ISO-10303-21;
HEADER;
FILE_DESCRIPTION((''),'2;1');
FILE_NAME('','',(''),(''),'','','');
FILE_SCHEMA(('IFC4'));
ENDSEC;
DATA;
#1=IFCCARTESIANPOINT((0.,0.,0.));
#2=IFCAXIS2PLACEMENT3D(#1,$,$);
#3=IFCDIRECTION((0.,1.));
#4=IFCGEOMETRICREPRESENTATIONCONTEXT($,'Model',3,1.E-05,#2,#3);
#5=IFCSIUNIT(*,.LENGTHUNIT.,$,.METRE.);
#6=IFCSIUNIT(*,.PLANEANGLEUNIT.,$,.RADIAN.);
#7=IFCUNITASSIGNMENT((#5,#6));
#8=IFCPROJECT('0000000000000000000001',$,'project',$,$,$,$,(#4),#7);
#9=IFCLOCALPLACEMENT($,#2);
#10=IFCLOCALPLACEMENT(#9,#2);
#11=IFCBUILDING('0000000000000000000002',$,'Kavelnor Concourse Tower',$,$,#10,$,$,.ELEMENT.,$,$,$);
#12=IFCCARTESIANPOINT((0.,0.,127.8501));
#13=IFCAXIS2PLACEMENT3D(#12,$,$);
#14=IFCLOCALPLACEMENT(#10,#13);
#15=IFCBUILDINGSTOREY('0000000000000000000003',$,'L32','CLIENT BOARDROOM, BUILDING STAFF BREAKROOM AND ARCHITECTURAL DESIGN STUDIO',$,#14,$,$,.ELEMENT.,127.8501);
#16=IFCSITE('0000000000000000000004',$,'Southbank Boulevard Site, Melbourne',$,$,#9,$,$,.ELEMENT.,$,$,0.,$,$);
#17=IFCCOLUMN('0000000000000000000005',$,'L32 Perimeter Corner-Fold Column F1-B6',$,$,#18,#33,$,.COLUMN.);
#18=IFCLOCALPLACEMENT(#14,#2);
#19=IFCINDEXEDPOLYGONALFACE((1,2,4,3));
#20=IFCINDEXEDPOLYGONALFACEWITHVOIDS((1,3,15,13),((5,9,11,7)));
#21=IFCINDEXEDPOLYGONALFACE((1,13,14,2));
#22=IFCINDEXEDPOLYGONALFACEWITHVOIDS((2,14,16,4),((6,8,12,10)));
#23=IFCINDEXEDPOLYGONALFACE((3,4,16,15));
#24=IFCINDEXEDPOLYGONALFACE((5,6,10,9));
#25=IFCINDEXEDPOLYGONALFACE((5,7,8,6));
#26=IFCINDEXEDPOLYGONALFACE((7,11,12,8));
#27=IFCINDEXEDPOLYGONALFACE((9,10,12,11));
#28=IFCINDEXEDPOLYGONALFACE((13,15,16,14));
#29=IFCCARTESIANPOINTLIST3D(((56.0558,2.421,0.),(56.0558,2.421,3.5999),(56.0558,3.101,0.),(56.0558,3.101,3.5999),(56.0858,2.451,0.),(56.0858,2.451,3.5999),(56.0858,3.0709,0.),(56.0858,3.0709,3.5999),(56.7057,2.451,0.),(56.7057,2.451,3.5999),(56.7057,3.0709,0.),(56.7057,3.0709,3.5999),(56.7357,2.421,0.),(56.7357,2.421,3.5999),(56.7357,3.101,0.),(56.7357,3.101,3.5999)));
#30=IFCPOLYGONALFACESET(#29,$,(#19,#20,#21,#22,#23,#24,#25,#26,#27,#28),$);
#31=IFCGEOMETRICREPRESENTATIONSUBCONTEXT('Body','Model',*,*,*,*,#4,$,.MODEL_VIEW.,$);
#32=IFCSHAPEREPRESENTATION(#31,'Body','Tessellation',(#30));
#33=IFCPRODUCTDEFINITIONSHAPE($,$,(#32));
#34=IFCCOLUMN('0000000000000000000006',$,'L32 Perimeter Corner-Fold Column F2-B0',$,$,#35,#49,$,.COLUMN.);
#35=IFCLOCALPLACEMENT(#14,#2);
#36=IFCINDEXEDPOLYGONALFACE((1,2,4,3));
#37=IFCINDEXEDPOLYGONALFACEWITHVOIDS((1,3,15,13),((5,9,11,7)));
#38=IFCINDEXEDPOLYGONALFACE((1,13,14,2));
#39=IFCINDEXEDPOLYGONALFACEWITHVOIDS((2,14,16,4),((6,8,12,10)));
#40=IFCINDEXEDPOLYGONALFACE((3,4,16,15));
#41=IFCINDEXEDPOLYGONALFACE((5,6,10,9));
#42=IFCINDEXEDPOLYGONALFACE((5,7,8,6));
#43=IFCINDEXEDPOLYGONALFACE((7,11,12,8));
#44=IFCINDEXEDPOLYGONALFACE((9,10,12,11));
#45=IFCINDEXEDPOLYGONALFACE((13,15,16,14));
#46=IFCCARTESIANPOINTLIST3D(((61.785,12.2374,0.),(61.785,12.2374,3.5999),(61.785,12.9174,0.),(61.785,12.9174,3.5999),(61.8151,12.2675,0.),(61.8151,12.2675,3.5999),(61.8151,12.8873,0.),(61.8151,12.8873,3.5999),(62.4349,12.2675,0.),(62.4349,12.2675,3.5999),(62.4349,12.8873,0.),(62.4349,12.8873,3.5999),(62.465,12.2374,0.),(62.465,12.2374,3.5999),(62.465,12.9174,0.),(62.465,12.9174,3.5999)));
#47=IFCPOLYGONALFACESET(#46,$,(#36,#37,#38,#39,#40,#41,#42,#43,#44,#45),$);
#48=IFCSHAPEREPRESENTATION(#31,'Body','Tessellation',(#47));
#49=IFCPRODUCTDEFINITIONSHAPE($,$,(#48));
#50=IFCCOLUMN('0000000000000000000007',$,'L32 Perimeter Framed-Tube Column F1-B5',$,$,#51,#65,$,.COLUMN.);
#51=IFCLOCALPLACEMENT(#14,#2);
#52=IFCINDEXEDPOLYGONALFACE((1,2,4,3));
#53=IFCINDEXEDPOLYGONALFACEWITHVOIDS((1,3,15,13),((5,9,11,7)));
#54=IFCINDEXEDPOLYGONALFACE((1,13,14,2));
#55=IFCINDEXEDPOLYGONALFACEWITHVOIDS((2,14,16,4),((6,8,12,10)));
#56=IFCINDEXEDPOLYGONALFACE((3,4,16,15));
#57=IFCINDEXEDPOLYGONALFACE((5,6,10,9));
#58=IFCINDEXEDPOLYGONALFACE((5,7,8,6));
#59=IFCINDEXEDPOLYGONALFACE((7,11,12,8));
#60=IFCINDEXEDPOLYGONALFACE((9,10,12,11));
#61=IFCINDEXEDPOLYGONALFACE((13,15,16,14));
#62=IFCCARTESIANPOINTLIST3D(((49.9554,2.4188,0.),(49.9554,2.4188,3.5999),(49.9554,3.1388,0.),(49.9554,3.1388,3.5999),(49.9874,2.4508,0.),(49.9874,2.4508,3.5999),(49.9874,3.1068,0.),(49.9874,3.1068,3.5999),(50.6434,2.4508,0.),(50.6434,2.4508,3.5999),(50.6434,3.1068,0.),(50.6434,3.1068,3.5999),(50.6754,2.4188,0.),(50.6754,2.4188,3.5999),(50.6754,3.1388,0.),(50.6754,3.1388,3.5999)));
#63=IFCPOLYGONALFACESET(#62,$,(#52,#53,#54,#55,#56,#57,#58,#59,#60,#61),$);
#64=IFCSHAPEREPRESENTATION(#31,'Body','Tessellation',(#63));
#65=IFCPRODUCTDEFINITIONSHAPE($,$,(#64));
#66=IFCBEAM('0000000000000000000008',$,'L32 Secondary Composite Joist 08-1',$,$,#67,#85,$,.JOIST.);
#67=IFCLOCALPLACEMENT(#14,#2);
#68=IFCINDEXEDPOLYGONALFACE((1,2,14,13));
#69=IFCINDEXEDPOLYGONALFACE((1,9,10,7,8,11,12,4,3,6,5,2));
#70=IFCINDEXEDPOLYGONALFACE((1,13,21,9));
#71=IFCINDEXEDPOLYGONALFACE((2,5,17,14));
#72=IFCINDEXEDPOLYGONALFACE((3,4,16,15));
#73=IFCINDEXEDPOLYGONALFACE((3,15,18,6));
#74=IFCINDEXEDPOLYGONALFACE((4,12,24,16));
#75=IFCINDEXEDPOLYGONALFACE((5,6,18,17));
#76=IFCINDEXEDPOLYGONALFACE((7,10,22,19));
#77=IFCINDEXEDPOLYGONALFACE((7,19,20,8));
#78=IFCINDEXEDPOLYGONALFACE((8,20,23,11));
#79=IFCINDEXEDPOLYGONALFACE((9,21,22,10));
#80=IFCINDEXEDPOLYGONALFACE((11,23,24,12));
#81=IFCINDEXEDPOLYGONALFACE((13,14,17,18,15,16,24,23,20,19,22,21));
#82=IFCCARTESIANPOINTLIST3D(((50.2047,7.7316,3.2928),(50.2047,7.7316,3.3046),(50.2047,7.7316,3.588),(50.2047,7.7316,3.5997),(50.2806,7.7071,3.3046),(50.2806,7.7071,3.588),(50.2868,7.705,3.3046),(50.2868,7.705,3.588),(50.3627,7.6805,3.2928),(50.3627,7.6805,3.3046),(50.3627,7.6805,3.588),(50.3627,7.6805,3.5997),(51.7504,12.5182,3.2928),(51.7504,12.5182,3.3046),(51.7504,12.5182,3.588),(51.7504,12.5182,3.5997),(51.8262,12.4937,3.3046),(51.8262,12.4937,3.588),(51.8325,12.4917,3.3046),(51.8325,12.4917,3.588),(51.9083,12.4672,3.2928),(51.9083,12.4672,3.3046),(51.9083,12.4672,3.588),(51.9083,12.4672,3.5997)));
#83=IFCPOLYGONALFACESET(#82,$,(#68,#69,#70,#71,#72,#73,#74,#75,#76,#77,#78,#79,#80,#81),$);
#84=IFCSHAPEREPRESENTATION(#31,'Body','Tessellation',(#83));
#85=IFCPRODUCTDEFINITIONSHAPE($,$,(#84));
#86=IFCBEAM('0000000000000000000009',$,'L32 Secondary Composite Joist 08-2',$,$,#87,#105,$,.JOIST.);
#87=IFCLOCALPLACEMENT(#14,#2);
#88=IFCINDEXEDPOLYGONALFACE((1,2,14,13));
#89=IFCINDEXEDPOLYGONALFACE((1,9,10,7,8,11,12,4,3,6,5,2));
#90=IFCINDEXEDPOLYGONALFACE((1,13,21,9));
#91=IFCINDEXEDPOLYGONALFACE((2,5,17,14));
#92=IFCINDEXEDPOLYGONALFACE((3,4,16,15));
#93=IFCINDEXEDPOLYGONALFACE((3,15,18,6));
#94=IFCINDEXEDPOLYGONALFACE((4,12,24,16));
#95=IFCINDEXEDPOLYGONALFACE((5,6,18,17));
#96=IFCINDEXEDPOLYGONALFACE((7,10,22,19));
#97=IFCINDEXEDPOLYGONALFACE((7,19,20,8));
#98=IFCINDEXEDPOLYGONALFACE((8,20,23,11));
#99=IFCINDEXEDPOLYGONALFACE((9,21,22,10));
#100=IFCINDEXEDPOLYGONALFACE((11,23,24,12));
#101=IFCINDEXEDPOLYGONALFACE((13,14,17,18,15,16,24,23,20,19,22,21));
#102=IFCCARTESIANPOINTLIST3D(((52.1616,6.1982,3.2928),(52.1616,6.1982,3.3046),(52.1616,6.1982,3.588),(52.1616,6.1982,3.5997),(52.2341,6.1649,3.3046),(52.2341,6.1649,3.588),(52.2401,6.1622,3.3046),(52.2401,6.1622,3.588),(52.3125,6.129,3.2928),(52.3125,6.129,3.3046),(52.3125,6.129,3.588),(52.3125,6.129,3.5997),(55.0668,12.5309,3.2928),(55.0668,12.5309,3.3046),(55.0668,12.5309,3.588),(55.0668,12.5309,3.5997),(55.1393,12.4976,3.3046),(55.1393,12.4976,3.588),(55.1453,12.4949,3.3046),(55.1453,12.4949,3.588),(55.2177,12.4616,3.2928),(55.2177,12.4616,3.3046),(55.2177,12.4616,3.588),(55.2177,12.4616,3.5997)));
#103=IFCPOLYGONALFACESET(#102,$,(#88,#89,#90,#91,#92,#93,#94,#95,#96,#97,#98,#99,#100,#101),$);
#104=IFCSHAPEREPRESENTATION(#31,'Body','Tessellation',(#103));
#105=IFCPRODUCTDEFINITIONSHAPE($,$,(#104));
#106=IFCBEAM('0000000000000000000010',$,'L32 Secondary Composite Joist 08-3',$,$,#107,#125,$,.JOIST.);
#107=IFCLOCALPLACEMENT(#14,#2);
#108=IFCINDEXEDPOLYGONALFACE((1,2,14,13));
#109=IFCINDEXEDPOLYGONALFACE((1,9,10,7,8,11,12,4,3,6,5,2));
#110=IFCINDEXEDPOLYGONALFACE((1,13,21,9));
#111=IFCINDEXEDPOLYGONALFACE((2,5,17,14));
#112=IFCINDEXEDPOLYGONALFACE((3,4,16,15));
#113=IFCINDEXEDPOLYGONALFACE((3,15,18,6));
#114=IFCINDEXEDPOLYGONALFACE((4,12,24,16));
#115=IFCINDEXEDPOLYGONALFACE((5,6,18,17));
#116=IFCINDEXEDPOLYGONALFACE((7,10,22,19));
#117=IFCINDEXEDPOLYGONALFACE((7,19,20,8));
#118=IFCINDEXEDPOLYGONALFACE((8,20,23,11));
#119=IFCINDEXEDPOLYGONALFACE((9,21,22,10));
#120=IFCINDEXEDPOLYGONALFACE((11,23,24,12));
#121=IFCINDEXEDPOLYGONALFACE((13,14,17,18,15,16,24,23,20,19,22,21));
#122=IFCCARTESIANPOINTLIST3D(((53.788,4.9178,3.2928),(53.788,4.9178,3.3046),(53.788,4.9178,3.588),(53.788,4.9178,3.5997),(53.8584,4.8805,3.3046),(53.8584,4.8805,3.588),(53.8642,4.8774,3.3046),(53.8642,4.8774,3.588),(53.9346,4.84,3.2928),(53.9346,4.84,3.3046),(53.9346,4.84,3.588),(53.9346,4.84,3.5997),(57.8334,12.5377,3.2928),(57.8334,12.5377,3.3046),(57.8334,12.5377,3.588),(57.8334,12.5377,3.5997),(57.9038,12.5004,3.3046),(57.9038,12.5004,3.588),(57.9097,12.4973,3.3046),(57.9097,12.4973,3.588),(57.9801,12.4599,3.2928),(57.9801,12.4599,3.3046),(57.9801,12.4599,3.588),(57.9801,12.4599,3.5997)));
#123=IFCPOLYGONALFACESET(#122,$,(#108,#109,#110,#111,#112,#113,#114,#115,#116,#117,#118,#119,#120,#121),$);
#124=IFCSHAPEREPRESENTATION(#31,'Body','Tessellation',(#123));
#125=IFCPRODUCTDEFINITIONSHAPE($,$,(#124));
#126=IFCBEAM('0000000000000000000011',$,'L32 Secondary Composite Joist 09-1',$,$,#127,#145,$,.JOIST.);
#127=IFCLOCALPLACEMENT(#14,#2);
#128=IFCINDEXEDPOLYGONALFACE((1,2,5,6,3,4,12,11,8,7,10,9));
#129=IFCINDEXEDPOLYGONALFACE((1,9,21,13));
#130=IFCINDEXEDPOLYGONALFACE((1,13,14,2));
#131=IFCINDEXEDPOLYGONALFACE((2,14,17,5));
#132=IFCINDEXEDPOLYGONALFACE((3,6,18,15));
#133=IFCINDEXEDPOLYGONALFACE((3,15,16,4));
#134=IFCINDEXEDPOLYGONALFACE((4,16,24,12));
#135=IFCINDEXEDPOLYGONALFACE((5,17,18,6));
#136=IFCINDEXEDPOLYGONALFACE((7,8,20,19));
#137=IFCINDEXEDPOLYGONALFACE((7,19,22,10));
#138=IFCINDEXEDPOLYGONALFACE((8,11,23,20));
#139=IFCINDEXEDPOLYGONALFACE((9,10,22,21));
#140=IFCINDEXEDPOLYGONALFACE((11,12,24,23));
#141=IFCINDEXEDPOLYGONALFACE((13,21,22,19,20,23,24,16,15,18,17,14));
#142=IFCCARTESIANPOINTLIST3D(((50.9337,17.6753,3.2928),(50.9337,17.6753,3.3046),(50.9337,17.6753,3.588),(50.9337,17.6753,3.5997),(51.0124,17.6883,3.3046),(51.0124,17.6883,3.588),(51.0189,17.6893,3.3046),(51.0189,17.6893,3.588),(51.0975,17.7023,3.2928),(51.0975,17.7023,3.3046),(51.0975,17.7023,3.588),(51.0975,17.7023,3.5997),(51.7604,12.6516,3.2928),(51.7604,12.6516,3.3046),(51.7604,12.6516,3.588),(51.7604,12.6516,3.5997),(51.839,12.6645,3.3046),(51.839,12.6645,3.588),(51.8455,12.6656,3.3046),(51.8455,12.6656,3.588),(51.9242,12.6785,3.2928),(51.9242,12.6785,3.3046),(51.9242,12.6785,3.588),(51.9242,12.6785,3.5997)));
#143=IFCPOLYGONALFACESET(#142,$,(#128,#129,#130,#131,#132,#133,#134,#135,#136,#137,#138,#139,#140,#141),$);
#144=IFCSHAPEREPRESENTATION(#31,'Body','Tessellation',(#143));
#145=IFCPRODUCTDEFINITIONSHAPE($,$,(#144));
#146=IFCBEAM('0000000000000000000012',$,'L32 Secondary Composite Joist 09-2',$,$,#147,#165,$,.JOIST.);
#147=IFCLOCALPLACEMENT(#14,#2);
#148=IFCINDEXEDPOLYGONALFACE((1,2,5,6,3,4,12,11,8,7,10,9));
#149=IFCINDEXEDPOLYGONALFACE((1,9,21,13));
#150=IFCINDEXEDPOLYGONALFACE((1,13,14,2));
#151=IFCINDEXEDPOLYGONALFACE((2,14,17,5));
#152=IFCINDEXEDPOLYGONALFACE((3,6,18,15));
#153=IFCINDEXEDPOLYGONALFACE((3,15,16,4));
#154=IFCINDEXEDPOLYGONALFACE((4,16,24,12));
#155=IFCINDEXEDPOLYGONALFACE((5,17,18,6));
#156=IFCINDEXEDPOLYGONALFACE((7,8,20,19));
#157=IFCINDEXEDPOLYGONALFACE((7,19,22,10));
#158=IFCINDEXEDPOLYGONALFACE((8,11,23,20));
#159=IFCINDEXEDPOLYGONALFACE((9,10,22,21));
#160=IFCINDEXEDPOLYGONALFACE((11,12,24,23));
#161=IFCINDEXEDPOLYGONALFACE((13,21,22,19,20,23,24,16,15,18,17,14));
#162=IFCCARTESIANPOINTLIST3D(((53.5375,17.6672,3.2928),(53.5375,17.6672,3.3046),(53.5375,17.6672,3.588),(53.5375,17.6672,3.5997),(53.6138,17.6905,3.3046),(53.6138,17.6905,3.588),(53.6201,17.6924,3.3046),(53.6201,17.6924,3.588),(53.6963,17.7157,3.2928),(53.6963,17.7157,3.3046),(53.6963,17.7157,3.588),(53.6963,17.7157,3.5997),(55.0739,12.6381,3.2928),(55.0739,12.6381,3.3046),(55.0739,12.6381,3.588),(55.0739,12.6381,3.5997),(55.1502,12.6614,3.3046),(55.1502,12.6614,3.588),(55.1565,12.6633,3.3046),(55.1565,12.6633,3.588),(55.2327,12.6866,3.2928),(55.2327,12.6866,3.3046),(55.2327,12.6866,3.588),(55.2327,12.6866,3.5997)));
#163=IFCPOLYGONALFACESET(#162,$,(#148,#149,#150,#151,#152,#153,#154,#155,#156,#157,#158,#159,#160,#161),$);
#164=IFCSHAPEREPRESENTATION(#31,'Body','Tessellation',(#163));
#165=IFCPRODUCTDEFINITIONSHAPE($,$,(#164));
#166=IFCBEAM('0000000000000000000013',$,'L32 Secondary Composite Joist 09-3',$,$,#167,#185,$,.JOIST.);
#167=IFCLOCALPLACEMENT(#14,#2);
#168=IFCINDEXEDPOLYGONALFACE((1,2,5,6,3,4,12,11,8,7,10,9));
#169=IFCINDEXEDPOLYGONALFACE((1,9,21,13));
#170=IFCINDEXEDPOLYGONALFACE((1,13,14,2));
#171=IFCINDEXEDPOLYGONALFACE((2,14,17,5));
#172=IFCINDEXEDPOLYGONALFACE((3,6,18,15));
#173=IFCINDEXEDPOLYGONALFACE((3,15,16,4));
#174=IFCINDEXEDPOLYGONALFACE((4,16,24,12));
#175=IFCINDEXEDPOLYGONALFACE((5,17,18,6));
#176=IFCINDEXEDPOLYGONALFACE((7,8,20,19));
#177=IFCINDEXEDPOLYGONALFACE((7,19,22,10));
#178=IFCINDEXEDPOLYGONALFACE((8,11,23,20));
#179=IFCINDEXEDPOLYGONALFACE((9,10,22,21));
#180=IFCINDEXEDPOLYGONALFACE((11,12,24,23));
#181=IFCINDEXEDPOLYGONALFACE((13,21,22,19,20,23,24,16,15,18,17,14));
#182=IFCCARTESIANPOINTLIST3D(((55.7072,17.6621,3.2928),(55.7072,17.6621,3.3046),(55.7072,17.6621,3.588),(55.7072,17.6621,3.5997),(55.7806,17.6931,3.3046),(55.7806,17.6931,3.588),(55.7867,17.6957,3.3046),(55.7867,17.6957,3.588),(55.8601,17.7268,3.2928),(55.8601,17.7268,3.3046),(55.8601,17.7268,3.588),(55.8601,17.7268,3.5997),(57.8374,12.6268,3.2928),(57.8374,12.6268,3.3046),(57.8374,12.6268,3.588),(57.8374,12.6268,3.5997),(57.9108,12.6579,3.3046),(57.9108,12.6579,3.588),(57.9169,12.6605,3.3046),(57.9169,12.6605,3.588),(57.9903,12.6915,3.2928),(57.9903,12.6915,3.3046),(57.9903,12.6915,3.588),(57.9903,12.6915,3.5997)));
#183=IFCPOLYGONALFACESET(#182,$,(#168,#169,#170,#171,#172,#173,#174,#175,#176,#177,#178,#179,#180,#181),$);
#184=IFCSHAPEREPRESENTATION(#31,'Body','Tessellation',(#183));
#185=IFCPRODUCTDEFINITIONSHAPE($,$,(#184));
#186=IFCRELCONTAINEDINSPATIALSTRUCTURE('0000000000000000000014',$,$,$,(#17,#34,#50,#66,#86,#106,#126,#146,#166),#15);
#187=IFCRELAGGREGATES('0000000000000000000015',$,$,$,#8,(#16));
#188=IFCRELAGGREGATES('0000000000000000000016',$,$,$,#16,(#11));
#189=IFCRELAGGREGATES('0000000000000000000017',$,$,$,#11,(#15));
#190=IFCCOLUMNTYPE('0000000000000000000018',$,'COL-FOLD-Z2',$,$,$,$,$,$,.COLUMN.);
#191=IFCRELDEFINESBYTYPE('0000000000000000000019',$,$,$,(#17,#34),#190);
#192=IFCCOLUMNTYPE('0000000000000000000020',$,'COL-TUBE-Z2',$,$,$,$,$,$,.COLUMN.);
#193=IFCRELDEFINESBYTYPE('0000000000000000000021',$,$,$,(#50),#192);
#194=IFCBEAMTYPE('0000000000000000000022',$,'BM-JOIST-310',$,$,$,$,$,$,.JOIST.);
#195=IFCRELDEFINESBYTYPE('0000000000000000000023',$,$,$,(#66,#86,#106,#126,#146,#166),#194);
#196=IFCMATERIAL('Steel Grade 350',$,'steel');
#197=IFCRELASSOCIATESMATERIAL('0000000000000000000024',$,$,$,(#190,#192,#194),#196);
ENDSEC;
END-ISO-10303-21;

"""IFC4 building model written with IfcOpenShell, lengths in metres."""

from ifc_helpers import new_model, si_unit, direction, frame, origin, origin_2d, place, context, subcontext, project, spatial, hollow_rectangle, i_section, extrude, material, material_profile, profile_set, type_object, element, save


model = new_model("IFC4")

# Units and contexts
model_context = context("Model", 3, precision=1e-05, world=origin(), true_north=direction((0.0, 1.0)))
body_context = subcontext(model_context, "Body", "Model", "MODEL_VIEW")
ifc_project = project(units=[si_unit("LENGTHUNIT", "METRE"), si_unit("PLANEANGLEUNIT", "RADIAN")], contexts=[model_context])

# Site, building, storey
site_placement = place(None, origin())
site = spatial("IfcSite", under=ifc_project, at=site_placement, Name="Southbank Boulevard Site, Melbourne", CompositionType="ELEMENT", RefElevation=0.0)
building_placement = place(site_placement, origin())
building = spatial("IfcBuilding", under=site, at=building_placement, Name="Kavelnor Concourse Tower", CompositionType="ELEMENT")
storey_placement = place(building_placement, frame((0.0, 0.0, 127.8501)))
storey = spatial("IfcBuildingStorey", under=building, at=storey_placement, Name="L32", Description="CLIENT BOARDROOM, BUILDING STAFF BREAKROOM AND ARCHITECTURAL DESIGN STUDIO", CompositionType="ELEMENT", Elevation=127.8501)

# Columns
ifc_material_1 = material(Name="Steel Grade 350", Category="steel")
ifc_material_profile_1 = material_profile(ifc_material_1, hollow_rectangle(XDim=0.6799, YDim=0.6799, WallThickness=0.03, at=origin_2d()), Name="SHS 680x680x30")
ifc_profile_set_1 = profile_set([ifc_material_profile_1], Name="Steel Grade 350")
column_type_1 = type_object("IfcColumnType", Name="COL-FOLD-Z2", PredefinedType="COLUMN", material=ifc_profile_set_1)
for number, where, z_axis, x_axis, name in (
    (1, (56.3958, 2.761, 0.0), (0.0, 0.0, 1.0), (1.0, 0.0, 0.0), "L32 Perimeter Corner-Fold Column F1-B6"),
    (2, (62.125, 12.5774, 0.0), (0.0, 0.0, 1.0), (1.0, 0.0, 0.0), "L32 Perimeter Corner-Fold Column F2-B0"),
):
    element("IfcColumn", number, at=place(storey_placement, frame(where, z_axis=z_axis, x_axis=x_axis)), inside=storey, type_object=column_type_1, Name=name, PredefinedType="COLUMN", context=body_context, shape_type="SweptSolid", body=[
        extrude(hollow_rectangle(XDim=0.6799, YDim=0.6799, WallThickness=0.03, at=origin_2d()), origin(), (0.0, 0.0, 1.0), 3.5999),
    ])
ifc_material_profile_2 = material_profile(ifc_material_1, hollow_rectangle(XDim=0.72, YDim=0.72, WallThickness=0.032, at=origin_2d()), Name="SHS 720x720x32")
ifc_profile_set_2 = profile_set([ifc_material_profile_2], Name="Steel Grade 350")
column_type_2 = type_object("IfcColumnType", Name="COL-TUBE-Z2", PredefinedType="COLUMN", material=ifc_profile_set_2)
column_placement = place(storey_placement, frame((50.3154, 2.7788, 0.0), z_axis=(0.0, 0.0, 1.0), x_axis=(1.0, 0.0, 0.0)))
element("IfcColumn", 3, at=column_placement, inside=storey, type_object=column_type_2, Name="L32 Perimeter Framed-Tube Column F1-B5", PredefinedType="COLUMN", context=body_context, shape_type="SweptSolid", body=[
    extrude(hollow_rectangle(XDim=0.72, YDim=0.72, WallThickness=0.032, at=origin_2d()), origin(), (0.0, 0.0, 1.0), 3.5999),
])

# Beams
ifc_material_profile_3 = material_profile(ifc_material_1, i_section(OverallWidth=0.166, OverallDepth=0.3069, WebThickness=0.0066, FlangeThickness=0.0117, at=origin_2d()), Name="310UB46")
ifc_profile_set_3 = profile_set([ifc_material_profile_3], Name="Steel Grade 350")
beam_type_1 = type_object("IfcBeamType", Name="BM-JOIST-310", PredefinedType="JOIST", material=ifc_profile_set_3)
beam_1_placement = place(storey_placement, frame((50.2837, 7.7061, 3.4463), z_axis=(0.307288, 0.951617, 0.0), x_axis=(-0.951617, 0.307288, 0.0)))
element("IfcBeam", 4, at=beam_1_placement, inside=storey, type_object=beam_type_1, Name="L32 Secondary Composite Joist 08-1", PredefinedType="JOIST", context=body_context, shape_type="SweptSolid", body=[
    extrude(i_section(OverallWidth=0.166, OverallDepth=0.3069, WebThickness=0.0066, FlangeThickness=0.0117, at=origin_2d()), origin(), (0.0, 0.0, 1.0), 5.03),
])
beam_2_placement = place(storey_placement, frame((52.2371, 6.1636, 3.4463), z_axis=(0.416982, 0.908915, 0.0), x_axis=(-0.908915, 0.416982, 0.0)))
element("IfcBeam", 5, at=beam_2_placement, inside=storey, type_object=beam_type_1, Name="L32 Secondary Composite Joist 08-2", PredefinedType="JOIST", context=body_context, shape_type="SweptSolid", body=[
    extrude(i_section(OverallWidth=0.166, OverallDepth=0.3069, WebThickness=0.0066, FlangeThickness=0.0117, at=origin_2d()), origin(), (0.0, 0.0, 1.0), 6.9673),
])
beam_3_placement = place(storey_placement, frame((53.8613, 4.8789, 3.4463), z_axis=(0.468916, 0.883243, 0.0), x_axis=(-0.883243, 0.468916, 0.0)))
element("IfcBeam", 6, at=beam_3_placement, inside=storey, type_object=beam_type_1, Name="L32 Secondary Composite Joist 08-3", PredefinedType="JOIST", context=body_context, shape_type="SweptSolid", body=[
    extrude(i_section(OverallWidth=0.166, OverallDepth=0.3069, WebThickness=0.0066, FlangeThickness=0.0117, at=origin_2d()), origin(), (0.0, 0.0, 1.0), 8.6272),
])
beam_4_placement = place(storey_placement, frame((51.8423, 12.665, 3.4463), z_axis=(-0.162369, 0.98673, 0.0), x_axis=(-0.98673, -0.162369, 0.0)))
element("IfcBeam", 7, at=beam_4_placement, inside=storey, type_object=beam_type_1, Name="L32 Secondary Composite Joist 09-1", PredefinedType="JOIST", context=body_context, shape_type="SweptSolid", body=[
    extrude(i_section(OverallWidth=0.166, OverallDepth=0.3069, WebThickness=0.0066, FlangeThickness=0.0117, at=origin_2d()), origin(), (0.0, 0.0, 1.0), 5.0913),
])
beam_5_placement = place(storey_placement, frame((55.1533, 12.6624, 3.4463), z_axis=(-0.29217, 0.956366, 0.0), x_axis=(-0.956366, -0.29217, 0.0)))
element("IfcBeam", 8, at=beam_5_placement, inside=storey, type_object=beam_type_1, Name="L32 Secondary Composite Joist 09-2", PredefinedType="JOIST", context=body_context, shape_type="SweptSolid", body=[
    extrude(i_section(OverallWidth=0.166, OverallDepth=0.3069, WebThickness=0.0066, FlangeThickness=0.0117, at=origin_2d()), origin(), (0.0, 0.0, 1.0), 5.2585),
])
beam_6_placement = place(storey_placement, frame((57.9138, 12.6592, 3.4463), z_axis=(-0.38962, 0.920976, 0.0), x_axis=(-0.920976, -0.38962, 0.0)))
element("IfcBeam", 9, at=beam_6_placement, inside=storey, type_object=beam_type_1, Name="L32 Secondary Composite Joist 09-3", PredefinedType="JOIST", context=body_context, shape_type="SweptSolid", body=[
    extrude(i_section(OverallWidth=0.166, OverallDepth=0.3069, WebThickness=0.0066, FlangeThickness=0.0117, at=origin_2d()), origin(), (0.0, 0.0, 1.0), 5.4673),
])

save(model, "model.ifc")
